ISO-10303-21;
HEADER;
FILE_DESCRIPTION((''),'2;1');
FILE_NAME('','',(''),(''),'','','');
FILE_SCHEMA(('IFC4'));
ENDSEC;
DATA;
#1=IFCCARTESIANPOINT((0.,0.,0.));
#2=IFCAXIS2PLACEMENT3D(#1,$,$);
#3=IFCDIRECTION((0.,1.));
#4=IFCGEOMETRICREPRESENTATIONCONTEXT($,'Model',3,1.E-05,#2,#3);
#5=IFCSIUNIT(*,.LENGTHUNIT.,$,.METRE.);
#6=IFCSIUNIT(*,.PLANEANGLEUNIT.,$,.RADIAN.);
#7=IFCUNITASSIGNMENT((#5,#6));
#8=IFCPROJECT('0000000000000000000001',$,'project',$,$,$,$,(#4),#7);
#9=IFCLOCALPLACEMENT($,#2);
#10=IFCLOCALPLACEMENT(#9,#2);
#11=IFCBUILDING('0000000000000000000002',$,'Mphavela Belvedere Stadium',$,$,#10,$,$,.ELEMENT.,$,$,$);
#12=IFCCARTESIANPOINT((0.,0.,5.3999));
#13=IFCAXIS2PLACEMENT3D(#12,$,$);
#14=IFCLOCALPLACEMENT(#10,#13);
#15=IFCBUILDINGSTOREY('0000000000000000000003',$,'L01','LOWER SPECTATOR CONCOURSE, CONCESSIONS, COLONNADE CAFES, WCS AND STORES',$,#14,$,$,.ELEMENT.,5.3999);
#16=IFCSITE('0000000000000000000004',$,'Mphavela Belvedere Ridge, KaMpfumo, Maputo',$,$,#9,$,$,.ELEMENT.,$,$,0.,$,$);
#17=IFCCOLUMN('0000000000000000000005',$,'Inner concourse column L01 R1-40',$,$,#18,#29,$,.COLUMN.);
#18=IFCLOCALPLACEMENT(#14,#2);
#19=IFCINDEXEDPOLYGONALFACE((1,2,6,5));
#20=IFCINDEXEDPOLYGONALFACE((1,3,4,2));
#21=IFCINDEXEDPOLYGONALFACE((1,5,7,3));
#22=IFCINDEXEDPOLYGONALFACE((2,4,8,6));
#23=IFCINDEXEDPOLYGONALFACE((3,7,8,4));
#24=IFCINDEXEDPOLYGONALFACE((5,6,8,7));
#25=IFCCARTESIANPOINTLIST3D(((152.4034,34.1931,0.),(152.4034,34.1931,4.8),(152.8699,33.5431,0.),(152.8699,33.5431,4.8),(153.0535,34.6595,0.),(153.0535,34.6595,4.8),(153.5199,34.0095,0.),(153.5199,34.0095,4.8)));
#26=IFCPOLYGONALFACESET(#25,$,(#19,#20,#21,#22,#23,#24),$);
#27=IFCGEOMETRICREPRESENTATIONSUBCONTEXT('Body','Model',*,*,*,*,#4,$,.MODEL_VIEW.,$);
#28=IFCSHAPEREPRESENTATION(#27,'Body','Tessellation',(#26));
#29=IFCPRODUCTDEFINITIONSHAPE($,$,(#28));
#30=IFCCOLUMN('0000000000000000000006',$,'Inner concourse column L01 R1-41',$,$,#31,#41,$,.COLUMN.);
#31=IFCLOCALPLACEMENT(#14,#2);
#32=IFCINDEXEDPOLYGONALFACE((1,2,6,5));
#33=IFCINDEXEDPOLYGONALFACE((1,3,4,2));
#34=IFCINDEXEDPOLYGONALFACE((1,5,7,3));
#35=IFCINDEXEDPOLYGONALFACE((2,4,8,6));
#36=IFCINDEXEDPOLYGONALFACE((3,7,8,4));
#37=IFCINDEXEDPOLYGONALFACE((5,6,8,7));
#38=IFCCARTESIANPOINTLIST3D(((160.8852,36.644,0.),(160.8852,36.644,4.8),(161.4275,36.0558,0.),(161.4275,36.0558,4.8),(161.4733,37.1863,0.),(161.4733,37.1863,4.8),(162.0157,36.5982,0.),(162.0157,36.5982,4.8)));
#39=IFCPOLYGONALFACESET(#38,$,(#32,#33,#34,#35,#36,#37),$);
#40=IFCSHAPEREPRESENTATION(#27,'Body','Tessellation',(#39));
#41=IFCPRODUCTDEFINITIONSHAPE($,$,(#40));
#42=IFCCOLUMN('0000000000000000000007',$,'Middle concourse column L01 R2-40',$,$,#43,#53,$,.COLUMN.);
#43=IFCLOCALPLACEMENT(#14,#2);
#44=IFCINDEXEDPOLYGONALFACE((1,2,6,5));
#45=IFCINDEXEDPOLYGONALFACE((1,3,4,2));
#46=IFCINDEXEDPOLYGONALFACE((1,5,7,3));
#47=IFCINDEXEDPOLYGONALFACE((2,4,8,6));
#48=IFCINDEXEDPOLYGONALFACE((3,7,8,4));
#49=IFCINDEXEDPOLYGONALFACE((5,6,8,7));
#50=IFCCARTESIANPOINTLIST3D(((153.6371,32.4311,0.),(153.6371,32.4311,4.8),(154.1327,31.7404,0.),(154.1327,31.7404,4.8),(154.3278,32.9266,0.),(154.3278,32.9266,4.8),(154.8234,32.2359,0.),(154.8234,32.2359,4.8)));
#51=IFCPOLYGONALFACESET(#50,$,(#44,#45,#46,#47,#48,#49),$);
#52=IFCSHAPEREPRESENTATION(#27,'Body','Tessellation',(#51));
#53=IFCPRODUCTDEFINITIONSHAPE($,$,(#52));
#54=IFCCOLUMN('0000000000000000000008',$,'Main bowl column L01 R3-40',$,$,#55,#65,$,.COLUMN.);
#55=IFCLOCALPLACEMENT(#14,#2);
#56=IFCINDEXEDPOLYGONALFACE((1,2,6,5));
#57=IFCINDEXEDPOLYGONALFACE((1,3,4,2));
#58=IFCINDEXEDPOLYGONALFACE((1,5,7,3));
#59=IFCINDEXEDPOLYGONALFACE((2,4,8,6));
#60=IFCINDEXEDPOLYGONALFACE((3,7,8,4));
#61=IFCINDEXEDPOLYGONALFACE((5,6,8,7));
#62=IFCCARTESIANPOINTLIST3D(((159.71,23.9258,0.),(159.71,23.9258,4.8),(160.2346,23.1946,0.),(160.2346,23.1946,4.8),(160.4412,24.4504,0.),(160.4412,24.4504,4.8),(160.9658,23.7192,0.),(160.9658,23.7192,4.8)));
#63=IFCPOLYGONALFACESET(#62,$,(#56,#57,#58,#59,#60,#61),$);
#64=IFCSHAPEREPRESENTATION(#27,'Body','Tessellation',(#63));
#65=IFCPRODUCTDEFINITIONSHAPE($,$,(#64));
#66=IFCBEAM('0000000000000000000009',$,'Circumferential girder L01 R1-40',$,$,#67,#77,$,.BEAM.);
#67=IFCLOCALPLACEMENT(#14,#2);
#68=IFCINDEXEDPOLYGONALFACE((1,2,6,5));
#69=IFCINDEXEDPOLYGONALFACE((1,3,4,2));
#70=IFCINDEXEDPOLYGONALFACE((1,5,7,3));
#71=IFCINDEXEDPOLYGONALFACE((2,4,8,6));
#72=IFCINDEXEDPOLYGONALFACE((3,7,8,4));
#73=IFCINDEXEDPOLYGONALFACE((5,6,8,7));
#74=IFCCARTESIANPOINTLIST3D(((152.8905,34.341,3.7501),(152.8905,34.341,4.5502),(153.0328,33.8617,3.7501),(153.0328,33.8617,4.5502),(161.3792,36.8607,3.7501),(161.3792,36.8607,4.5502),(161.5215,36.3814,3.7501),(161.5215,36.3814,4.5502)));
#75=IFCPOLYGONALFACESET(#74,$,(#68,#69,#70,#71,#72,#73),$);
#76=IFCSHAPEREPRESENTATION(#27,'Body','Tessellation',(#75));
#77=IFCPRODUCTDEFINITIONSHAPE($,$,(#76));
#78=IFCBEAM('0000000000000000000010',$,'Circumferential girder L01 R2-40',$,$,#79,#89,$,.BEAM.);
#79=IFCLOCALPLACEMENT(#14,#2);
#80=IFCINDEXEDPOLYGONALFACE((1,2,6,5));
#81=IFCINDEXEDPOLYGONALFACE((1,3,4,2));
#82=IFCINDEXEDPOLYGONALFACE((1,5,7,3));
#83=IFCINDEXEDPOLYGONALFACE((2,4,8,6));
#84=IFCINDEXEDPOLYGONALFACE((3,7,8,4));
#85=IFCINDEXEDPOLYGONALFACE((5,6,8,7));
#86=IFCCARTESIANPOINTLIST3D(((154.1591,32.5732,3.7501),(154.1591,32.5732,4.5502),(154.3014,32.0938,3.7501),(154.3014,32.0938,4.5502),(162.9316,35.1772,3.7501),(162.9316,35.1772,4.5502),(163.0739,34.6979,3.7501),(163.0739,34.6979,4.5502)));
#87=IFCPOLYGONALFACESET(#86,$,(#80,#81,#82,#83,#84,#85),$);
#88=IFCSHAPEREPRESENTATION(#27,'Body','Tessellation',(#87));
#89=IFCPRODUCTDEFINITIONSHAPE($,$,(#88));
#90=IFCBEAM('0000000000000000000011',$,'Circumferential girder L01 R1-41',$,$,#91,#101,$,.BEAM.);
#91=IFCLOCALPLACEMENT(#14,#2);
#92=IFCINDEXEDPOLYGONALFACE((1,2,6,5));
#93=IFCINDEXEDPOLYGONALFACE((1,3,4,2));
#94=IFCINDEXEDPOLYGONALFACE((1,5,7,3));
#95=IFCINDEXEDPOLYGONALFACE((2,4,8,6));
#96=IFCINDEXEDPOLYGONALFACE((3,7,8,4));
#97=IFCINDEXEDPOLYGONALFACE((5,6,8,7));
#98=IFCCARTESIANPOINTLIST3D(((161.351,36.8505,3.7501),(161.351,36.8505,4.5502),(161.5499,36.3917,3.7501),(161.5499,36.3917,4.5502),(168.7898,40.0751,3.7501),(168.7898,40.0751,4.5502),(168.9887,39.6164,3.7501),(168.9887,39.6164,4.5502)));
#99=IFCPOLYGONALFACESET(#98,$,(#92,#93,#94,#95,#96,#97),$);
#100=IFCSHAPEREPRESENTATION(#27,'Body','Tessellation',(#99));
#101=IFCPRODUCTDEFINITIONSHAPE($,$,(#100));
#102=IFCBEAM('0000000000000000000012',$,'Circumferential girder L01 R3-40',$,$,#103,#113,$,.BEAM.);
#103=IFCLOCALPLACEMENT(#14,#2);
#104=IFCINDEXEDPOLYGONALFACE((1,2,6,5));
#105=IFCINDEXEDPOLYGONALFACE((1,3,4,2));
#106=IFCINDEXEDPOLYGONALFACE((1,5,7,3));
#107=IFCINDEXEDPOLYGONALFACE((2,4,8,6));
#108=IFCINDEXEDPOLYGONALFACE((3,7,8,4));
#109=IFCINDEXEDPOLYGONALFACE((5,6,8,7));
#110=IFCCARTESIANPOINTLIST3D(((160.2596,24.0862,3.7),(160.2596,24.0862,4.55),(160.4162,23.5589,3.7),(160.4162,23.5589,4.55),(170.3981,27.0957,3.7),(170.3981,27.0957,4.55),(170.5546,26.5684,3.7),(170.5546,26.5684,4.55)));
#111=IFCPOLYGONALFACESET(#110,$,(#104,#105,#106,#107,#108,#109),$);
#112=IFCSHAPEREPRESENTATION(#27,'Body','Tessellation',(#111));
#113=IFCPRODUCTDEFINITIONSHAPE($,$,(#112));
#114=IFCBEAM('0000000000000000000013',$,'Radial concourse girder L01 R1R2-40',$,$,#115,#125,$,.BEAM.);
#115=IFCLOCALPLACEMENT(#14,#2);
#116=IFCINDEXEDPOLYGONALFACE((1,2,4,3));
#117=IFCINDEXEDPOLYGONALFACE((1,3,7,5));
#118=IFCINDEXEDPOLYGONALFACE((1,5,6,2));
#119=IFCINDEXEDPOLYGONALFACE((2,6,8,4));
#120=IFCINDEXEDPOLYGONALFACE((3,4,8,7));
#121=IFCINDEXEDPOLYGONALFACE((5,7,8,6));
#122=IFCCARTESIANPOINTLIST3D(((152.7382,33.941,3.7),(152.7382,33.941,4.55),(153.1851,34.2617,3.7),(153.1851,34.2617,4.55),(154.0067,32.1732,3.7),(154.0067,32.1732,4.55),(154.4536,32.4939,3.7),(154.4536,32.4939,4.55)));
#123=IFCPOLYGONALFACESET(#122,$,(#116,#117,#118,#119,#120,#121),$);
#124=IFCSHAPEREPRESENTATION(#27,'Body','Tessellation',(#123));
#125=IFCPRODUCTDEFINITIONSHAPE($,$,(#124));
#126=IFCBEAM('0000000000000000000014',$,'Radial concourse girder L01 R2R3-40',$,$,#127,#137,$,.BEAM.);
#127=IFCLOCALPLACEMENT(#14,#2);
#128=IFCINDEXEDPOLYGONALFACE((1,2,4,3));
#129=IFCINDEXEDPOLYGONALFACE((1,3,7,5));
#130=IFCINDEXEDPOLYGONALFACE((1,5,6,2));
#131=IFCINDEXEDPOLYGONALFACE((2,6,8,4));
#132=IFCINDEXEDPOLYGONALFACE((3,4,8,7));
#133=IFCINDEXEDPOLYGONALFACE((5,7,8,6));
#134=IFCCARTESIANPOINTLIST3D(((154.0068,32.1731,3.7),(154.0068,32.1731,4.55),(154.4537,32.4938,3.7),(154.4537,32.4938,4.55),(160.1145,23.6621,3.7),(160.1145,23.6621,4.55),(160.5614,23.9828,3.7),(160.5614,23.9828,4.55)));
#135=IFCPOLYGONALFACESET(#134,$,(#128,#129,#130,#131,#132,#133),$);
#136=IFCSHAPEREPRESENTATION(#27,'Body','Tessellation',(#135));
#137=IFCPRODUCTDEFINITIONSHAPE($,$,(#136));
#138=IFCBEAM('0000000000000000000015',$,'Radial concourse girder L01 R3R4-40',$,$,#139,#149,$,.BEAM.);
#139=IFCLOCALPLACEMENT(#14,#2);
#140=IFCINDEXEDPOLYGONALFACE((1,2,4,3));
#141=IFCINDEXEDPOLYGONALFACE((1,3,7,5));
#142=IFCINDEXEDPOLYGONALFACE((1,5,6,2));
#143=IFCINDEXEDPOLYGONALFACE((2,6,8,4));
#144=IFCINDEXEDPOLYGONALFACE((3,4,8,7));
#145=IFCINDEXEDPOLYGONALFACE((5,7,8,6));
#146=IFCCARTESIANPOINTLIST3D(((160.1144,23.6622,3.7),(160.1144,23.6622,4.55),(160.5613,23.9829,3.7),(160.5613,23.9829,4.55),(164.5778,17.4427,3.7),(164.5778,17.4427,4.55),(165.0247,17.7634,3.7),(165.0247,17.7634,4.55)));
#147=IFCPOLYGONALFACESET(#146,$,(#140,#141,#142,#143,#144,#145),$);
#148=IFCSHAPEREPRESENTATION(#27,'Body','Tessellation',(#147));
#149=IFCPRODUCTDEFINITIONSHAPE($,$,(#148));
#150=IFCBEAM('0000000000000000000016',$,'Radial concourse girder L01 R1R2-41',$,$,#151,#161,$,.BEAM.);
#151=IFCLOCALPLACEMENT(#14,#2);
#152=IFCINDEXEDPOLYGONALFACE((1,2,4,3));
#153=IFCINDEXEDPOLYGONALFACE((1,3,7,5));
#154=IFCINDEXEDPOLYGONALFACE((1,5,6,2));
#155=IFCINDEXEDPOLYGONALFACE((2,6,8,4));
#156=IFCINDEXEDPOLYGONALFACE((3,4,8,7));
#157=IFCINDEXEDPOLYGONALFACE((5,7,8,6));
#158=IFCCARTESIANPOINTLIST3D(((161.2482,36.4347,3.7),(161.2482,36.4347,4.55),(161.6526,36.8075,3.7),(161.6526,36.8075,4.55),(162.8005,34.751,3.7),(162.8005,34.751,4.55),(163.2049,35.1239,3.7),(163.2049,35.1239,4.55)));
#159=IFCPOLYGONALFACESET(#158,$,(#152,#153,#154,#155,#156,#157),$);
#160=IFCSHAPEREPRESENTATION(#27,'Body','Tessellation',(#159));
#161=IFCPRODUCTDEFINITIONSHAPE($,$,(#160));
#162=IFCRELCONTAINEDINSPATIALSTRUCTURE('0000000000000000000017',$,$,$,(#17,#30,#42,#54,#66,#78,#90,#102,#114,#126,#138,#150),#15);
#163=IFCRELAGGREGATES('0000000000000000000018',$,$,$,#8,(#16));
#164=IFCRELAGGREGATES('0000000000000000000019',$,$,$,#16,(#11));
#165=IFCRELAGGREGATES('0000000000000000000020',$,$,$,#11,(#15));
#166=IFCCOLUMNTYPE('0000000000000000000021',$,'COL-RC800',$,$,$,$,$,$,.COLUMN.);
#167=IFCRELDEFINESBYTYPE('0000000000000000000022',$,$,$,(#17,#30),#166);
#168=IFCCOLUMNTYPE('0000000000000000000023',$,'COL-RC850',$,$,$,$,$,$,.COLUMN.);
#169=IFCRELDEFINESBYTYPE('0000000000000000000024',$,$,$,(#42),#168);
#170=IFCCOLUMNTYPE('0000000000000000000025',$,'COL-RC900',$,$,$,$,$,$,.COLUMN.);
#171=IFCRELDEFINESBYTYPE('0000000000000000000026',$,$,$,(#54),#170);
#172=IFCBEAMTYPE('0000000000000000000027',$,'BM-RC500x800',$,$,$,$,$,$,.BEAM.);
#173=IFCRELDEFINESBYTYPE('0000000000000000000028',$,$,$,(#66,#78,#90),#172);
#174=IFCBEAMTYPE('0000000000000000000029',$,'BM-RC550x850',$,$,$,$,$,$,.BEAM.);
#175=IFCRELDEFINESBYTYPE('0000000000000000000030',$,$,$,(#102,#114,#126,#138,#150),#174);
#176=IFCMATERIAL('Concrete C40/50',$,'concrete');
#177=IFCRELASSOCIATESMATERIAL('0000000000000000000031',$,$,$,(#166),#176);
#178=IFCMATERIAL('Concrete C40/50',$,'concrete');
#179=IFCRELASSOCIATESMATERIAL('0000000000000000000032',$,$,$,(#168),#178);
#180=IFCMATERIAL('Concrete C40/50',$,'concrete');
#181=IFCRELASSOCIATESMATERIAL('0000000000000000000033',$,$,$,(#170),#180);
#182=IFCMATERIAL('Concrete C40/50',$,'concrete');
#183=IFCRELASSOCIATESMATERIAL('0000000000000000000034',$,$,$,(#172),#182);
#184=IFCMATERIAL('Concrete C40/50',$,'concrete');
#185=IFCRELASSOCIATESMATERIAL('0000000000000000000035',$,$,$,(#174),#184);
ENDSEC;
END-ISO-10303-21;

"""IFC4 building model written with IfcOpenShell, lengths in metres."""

from ifc_helpers import new_model, si_unit, direction, frame, origin, origin_2d, place, context, subcontext, project, spatial, rectangle, extrude, material, material_profile, profile_set, type_object, element, save


model = new_model("IFC4")

# Units and contexts
model_context = context("Model", 3, precision=1e-05, world=origin(), true_north=direction((0.0, 1.0)))
body_context = subcontext(model_context, "Body", "Model", "MODEL_VIEW")
ifc_project = project(units=[si_unit("LENGTHUNIT", "METRE"), si_unit("PLANEANGLEUNIT", "RADIAN")], contexts=[model_context])

# Site, building, storey
site_placement = place(None, origin())
site = spatial("IfcSite", under=ifc_project, at=site_placement, Name="Mphavela Belvedere Ridge, KaMpfumo, Maputo", CompositionType="ELEMENT", RefElevation=0.0)
building_placement = place(site_placement, origin())
building = spatial("IfcBuilding", under=site, at=building_placement, Name="Mphavela Belvedere Stadium", CompositionType="ELEMENT")
storey_placement = place(building_placement, frame((0.0, 0.0, 5.3999)))
storey = spatial("IfcBuildingStorey", under=building, at=storey_placement, Name="L01", Description="LOWER SPECTATOR CONCOURSE, CONCESSIONS, COLONNADE CAFES, WCS AND STORES", CompositionType="ELEMENT", Elevation=5.3999)

# Columns
ifc_material_1 = material(Name="Concrete C40/50", Category="concrete")
ifc_material_profile_1 = material_profile(ifc_material_1, rectangle(XDim=0.8, YDim=0.8, at=origin_2d()), Name="RC 800x800")
ifc_profile_set_1 = profile_set([ifc_material_profile_1], Name="Concrete C40/50")
column_type_1 = type_object("IfcColumnType", Name="COL-RC800", PredefinedType="COLUMN", material=ifc_profile_set_1)
for number, where, z_axis, x_axis, name in (
    (1, (152.9617, 34.1013, 0.0), (0.0, 0.0, 1.0), (0.582974, -0.812491, 0.0), "Inner concourse column L01 R1-40"),
    (2, (161.4504, 36.6211, 0.0), (0.0, 0.0, 1.0), (0.677903, -0.735151, 0.0), "Inner concourse column L01 R1-41"),
):
    element("IfcColumn", number, at=place(storey_placement, frame(where, z_axis=z_axis, x_axis=x_axis)), inside=storey, type_object=column_type_1, Name=name, PredefinedType="COLUMN", context=body_context, shape_type="SweptSolid", body=[
        extrude(rectangle(XDim=0.8, YDim=0.8, at=origin_2d()), origin(), (0.0, 0.0, 1.0), 4.8),
    ])
ifc_material_2 = material(Name="Concrete C40/50", Category="concrete")
ifc_material_profile_2 = material_profile(ifc_material_2, rectangle(XDim=0.8501, YDim=0.8501, at=origin_2d()), Name="RC 850x850")
ifc_profile_set_2 = profile_set([ifc_material_profile_2], Name="Concrete C40/50")
column_type_2 = type_object("IfcColumnType", Name="COL-RC850", PredefinedType="COLUMN", material=ifc_profile_set_2)
column_1_placement = place(storey_placement, frame((154.2302, 32.3335, 0.0), z_axis=(0.0, 0.0, 1.0), x_axis=(0.582974, -0.812491, 0.0)))
element("IfcColumn", 3, at=column_1_placement, inside=storey, type_object=column_type_2, Name="Middle concourse column L01 R2-40", PredefinedType="COLUMN", context=body_context, shape_type="SweptSolid", body=[
    extrude(rectangle(XDim=0.8501, YDim=0.8501, at=origin_2d()), origin(), (0.0, 0.0, 1.0), 4.8),
])
ifc_material_3 = material(Name="Concrete C40/50", Category="concrete")
ifc_material_profile_3 = material_profile(ifc_material_3, rectangle(XDim=0.8999, YDim=0.8999, at=origin_2d()), Name="RC 900x900")
ifc_profile_set_3 = profile_set([ifc_material_profile_3], Name="Concrete C40/50")
column_type_3 = type_object("IfcColumnType", Name="COL-RC900", PredefinedType="COLUMN", material=ifc_profile_set_3)
column_2_placement = place(storey_placement, frame((160.3379, 23.8225, 0.0), z_axis=(0.0, 0.0, 1.0), x_axis=(0.582974, -0.812491, 0.0)))
element("IfcColumn", 4, at=column_2_placement, inside=storey, type_object=column_type_3, Name="Main bowl column L01 R3-40", PredefinedType="COLUMN", context=body_context, shape_type="SweptSolid", body=[
    extrude(rectangle(XDim=0.8999, YDim=0.8999, at=origin_2d()), origin(), (0.0, 0.0, 1.0), 4.8),
])

# Beams
ifc_material_4 = material(Name="Concrete C40/50", Category="concrete")
ifc_material_profile_4 = material_profile(ifc_material_4, rectangle(XDim=0.5, YDim=0.8, at=origin_2d()), Name="RC 500x800")
ifc_profile_set_4 = profile_set([ifc_material_profile_4], Name="Concrete C40/50")
beam_type_1 = type_object("IfcBeamType", Name="BM-RC500x800", PredefinedType="BEAM", material=ifc_profile_set_4)
beam_1_placement = place(storey_placement, frame((152.9617, 34.1013, 4.1501), z_axis=(0.958657, 0.284564, 0.0), x_axis=(-0.284564, 0.958657, 0.0)))
element("IfcBeam", 5, at=beam_1_placement, inside=storey, type_object=beam_type_1, Name="Circumferential girder L01 R1-40", PredefinedType="BEAM", context=body_context, shape_type="SweptSolid", body=[
    extrude(rectangle(XDim=0.5, YDim=0.8, at=origin_2d()), origin(), (0.0, 0.0, 1.0), 8.8547),
])
beam_2_placement = place(storey_placement, frame((154.2302, 32.3335, 4.1501), z_axis=(0.958656, 0.284566, 0.0), x_axis=(-0.284566, 0.958656, 0.0)))
element("IfcBeam", 6, at=beam_2_placement, inside=storey, type_object=beam_type_1, Name="Circumferential girder L01 R2-40", PredefinedType="BEAM", context=body_context, shape_type="SweptSolid", body=[
    extrude(rectangle(XDim=0.5, YDim=0.8, at=origin_2d()), origin(), (0.0, 0.0, 1.0), 9.1509),
])
beam_3_placement = place(storey_placement, frame((161.4504, 36.6211, 4.1501), z_axis=(0.917503, 0.397728, 0.0), x_axis=(-0.397728, 0.917503, 0.0)))
element("IfcBeam", 7, at=beam_3_placement, inside=storey, type_object=beam_type_1, Name="Circumferential girder L01 R1-41", PredefinedType="BEAM", context=body_context, shape_type="SweptSolid", body=[
    extrude(rectangle(XDim=0.5, YDim=0.8, at=origin_2d()), origin(), (0.0, 0.0, 1.0), 8.1077),
])
ifc_material_5 = material(Name="Concrete C40/50", Category="concrete")
ifc_material_profile_5 = material_profile(ifc_material_5, rectangle(XDim=0.55, YDim=0.8501, at=origin_2d()), Name="RC 550x850")
ifc_profile_set_5 = profile_set([ifc_material_profile_5], Name="Concrete C40/50")
beam_type_2 = type_object("IfcBeamType", Name="BM-RC550x850", PredefinedType="BEAM", material=ifc_profile_set_5)
beam_4_placement = place(storey_placement, frame((160.3379, 23.8225, 4.125), z_axis=(0.958655, 0.28457, 0.0), x_axis=(-0.28457, 0.958655, 0.0)))
element("IfcBeam", 8, at=beam_4_placement, inside=storey, type_object=beam_type_2, Name="Circumferential girder L01 R3-40", PredefinedType="BEAM", context=body_context, shape_type="SweptSolid", body=[
    extrude(rectangle(XDim=0.55, YDim=0.8501, at=origin_2d()), origin(), (0.0, 0.0, 1.0), 10.5757),
])
beam_5_placement = place(storey_placement, frame((152.9617, 34.1013, 4.125), z_axis=(0.583009, -0.812465, 0.0), x_axis=(0.812465, 0.583009, 0.0)))
element("IfcBeam", 9, at=beam_5_placement, inside=storey, type_object=beam_type_2, Name="Radial concourse girder L01 R1R2-40", PredefinedType="BEAM", context=body_context, shape_type="SweptSolid", body=[
    extrude(rectangle(XDim=0.55, YDim=0.8501, at=origin_2d()), origin(), (0.0, 0.0, 1.0), 2.1758),
])
beam_6_placement = place(storey_placement, frame((154.2302, 32.3335, 4.125), z_axis=(0.583031, -0.81245, 0.0), x_axis=(0.81245, 0.583031, 0.0)))
element("IfcBeam", 10, at=beam_6_placement, inside=storey, type_object=beam_type_2, Name="Radial concourse girder L01 R2R3-40", PredefinedType="BEAM", context=body_context, shape_type="SweptSolid", body=[
    extrude(rectangle(XDim=0.55, YDim=0.8501, at=origin_2d()), origin(), (0.0, 0.0, 1.0), 10.4758),
])
beam_7_placement = place(storey_placement, frame((160.3379, 23.8225, 4.125), z_axis=(0.583044, -0.812441, 0.0), x_axis=(0.812441, 0.583044, 0.0)))
element("IfcBeam", 11, at=beam_7_placement, inside=storey, type_object=beam_type_2, Name="Radial concourse girder L01 R3R4-40", PredefinedType="BEAM", context=body_context, shape_type="SweptSolid", body=[
    extrude(rectangle(XDim=0.55, YDim=0.8501, at=origin_2d()), origin(), (0.0, 0.0, 1.0), 7.6553),
])
beam_8_placement = place(storey_placement, frame((161.4504, 36.6211, 4.125), z_axis=(0.677846, -0.735204, 0.0), x_axis=(0.735204, 0.677846, 0.0)))
element("IfcBeam", 12, at=beam_8_placement, inside=storey, type_object=beam_type_2, Name="Radial concourse girder L01 R1R2-41", PredefinedType="BEAM", context=body_context, shape_type="SweptSolid", body=[
    extrude(rectangle(XDim=0.55, YDim=0.8501, at=origin_2d()), origin(), (0.0, 0.0, 1.0), 2.29),
])

save(model, "model.ifc")
